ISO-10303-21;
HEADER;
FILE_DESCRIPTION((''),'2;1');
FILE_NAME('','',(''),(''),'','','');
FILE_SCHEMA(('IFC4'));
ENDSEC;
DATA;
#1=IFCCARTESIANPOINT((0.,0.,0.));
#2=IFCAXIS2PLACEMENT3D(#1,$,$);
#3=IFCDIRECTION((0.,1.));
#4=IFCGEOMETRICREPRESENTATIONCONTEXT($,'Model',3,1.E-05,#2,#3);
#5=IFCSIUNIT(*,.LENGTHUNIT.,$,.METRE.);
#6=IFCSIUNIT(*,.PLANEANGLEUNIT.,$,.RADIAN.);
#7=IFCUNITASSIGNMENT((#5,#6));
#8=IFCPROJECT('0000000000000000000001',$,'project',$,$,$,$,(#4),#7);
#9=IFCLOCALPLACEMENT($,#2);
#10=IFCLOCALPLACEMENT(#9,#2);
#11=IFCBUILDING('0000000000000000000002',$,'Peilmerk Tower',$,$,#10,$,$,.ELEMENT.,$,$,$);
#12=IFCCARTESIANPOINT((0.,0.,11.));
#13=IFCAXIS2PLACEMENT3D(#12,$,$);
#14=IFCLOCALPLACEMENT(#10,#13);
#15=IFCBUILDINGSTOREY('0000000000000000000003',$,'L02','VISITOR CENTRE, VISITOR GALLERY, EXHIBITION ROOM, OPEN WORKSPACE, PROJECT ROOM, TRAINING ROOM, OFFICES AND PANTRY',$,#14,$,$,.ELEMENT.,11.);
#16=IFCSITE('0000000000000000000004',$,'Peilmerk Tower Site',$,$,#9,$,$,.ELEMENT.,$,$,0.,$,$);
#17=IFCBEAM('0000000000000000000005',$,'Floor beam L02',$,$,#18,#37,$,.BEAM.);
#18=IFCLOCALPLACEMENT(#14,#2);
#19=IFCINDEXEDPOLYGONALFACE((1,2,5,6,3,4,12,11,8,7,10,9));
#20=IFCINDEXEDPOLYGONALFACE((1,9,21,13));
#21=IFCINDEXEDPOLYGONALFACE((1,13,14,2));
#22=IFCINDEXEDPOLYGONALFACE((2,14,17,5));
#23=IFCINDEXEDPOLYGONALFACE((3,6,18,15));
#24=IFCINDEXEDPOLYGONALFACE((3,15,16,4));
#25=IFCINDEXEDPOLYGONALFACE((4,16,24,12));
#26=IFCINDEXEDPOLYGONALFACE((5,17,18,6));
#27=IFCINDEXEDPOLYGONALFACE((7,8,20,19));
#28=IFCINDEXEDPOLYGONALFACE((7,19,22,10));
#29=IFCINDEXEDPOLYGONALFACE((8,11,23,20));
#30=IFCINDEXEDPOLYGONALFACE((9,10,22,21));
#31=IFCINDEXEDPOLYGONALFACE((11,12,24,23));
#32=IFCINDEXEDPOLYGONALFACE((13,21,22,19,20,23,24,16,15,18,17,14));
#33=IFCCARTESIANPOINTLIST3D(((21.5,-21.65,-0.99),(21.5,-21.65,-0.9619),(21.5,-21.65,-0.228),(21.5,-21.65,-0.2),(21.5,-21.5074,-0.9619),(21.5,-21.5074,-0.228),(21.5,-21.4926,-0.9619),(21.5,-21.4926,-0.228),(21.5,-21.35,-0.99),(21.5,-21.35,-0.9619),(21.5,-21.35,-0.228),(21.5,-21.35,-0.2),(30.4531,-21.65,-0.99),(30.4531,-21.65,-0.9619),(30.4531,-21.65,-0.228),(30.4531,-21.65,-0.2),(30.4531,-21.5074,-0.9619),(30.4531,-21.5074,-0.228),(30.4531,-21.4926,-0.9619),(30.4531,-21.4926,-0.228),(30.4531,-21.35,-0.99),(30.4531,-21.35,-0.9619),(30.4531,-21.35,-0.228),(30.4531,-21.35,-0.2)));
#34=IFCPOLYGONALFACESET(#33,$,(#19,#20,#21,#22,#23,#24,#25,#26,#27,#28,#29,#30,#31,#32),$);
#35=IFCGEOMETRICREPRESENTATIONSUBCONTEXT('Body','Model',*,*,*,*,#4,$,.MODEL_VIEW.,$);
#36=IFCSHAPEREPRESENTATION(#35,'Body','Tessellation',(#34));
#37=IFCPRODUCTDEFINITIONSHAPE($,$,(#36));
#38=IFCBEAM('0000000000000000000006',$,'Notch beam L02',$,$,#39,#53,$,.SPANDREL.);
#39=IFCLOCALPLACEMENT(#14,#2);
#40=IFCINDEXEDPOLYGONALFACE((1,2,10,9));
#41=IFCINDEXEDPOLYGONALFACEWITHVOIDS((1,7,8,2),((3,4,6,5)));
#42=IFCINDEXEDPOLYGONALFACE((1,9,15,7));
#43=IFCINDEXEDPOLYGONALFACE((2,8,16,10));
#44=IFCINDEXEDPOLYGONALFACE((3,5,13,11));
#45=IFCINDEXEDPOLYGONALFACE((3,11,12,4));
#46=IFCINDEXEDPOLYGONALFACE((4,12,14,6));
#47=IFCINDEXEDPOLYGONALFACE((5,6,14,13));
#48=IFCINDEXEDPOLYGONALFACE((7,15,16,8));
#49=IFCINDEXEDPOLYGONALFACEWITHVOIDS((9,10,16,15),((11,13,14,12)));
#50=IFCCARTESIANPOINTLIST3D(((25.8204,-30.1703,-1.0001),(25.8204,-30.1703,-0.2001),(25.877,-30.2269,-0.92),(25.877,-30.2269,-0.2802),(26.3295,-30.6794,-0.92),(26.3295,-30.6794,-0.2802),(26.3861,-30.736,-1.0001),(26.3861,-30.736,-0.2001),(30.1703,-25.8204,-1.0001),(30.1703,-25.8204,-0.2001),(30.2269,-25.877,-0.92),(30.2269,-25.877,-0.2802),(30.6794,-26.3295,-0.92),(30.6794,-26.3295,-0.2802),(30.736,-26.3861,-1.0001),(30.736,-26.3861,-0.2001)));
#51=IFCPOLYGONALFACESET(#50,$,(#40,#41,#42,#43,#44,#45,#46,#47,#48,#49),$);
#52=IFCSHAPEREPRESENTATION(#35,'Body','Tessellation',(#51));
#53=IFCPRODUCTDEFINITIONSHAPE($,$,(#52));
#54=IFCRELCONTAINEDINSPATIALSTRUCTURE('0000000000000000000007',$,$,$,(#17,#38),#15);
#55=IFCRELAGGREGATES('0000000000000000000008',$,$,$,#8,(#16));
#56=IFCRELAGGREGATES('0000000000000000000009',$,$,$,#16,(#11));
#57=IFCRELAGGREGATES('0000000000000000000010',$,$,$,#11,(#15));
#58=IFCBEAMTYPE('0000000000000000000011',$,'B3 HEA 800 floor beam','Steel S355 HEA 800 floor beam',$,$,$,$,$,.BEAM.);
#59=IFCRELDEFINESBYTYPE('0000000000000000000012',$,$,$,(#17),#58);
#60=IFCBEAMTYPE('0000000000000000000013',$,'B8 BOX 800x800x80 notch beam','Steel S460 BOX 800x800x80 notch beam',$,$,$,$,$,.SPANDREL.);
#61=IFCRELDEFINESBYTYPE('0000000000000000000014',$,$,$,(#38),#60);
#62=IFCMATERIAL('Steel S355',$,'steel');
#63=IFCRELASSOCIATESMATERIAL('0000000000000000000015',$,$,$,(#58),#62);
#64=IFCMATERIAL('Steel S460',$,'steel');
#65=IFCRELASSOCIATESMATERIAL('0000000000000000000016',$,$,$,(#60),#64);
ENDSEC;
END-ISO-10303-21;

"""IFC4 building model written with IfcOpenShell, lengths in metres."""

from ifc_helpers import new_model, si_unit, direction, frame, origin, origin_2d, place, context, subcontext, project, spatial, hollow_rectangle, i_section, extrude, material, material_profile, profile_set, type_object, element, save


model = new_model("IFC4")

# Units and contexts
model_context = context("Model", 3, precision=1e-05, world=origin(), true_north=direction((0.0, 1.0)))
body_context = subcontext(model_context, "Body", "Model", "MODEL_VIEW")
ifc_project = project(units=[si_unit("LENGTHUNIT", "METRE"), si_unit("PLANEANGLEUNIT", "RADIAN")], contexts=[model_context])

# Site, building, storey
site_placement = place(None, origin())
site = spatial("IfcSite", under=ifc_project, at=site_placement, Name="Peilmerk Tower Site", CompositionType="ELEMENT", RefElevation=0.0)
building_placement = place(site_placement, origin())
building = spatial("IfcBuilding", under=site, at=building_placement, Name="Peilmerk Tower", CompositionType="ELEMENT")
storey_placement = place(building_placement, frame((0.0, 0.0, 11.0)))
storey = spatial("IfcBuildingStorey", under=building, at=storey_placement, Name="L02", Description="VISITOR CENTRE, VISITOR GALLERY, EXHIBITION ROOM, OPEN WORKSPACE, PROJECT ROOM, TRAINING ROOM, OFFICES AND PANTRY", CompositionType="ELEMENT", Elevation=11.0)

# Beams
ifc_material_1 = material(Name="Steel S355", Category="steel")
ifc_material_profile_1 = material_profile(ifc_material_1, i_section(OverallWidth=0.3, OverallDepth=0.79, WebThickness=0.0149, FlangeThickness=0.0281, at=origin_2d()), Name="HEA 800")
ifc_profile_set_1 = profile_set([ifc_material_profile_1], Name="Steel S355")
beam_type_1 = type_object("IfcBeamType", Name="B3 HEA 800 floor beam", Description="Steel S355 HEA 800 floor beam", PredefinedType="BEAM", material=ifc_profile_set_1)
for number, where, z_axis, x_axis, name in (
    (1, (21.5, -21.5, -0.595), (1.0, 0.0, 0.0), (0.0, 1.0, 0.0), "Floor beam L02"),
):
    element("IfcBeam", number, at=place(storey_placement, frame(where, z_axis=z_axis, x_axis=x_axis)), inside=storey, type_object=beam_type_1, Name=name, PredefinedType="BEAM", context=body_context, shape_type="SweptSolid", body=[
        extrude(i_section(OverallWidth=0.3, OverallDepth=0.79, WebThickness=0.0149, FlangeThickness=0.0281, at=origin_2d()), origin(), (0.0, 0.0, 1.0), 8.9531),
    ])
ifc_material_2 = material(Name="Steel S460", Category="steel")
ifc_material_profile_2 = material_profile(ifc_material_2, hollow_rectangle(XDim=0.8, YDim=0.8, WallThickness=0.0801, at=origin_2d()), Name="BOX 800x800x80")
ifc_profile_set_2 = profile_set([ifc_material_profile_2], Name="Steel S460")
beam_type_2 = type_object("IfcBeamType", Name="B8 BOX 800x800x80 notch beam", Description="Steel S460 BOX 800x800x80 notch beam", PredefinedType="SPANDREL", material=ifc_profile_set_2)
beam_1_placement = place(storey_placement, frame((30.4531, -26.1033, -0.6001), z_axis=(-0.707107, -0.707107, 0.0), x_axis=(0.707107, -0.707107, 0.0)))
element("IfcBeam", 2, at=beam_1_placement, inside=storey, type_object=beam_type_2, Name="Notch beam L02", PredefinedType="SPANDREL", context=body_context, shape_type="SweptSolid", body=[
    extrude(hollow_rectangle(XDim=0.8, YDim=0.8, WallThickness=0.0801, at=origin_2d()), origin(), (0.0, 0.0, 1.0), 6.1516),
])

save(model, "model.ifc")
